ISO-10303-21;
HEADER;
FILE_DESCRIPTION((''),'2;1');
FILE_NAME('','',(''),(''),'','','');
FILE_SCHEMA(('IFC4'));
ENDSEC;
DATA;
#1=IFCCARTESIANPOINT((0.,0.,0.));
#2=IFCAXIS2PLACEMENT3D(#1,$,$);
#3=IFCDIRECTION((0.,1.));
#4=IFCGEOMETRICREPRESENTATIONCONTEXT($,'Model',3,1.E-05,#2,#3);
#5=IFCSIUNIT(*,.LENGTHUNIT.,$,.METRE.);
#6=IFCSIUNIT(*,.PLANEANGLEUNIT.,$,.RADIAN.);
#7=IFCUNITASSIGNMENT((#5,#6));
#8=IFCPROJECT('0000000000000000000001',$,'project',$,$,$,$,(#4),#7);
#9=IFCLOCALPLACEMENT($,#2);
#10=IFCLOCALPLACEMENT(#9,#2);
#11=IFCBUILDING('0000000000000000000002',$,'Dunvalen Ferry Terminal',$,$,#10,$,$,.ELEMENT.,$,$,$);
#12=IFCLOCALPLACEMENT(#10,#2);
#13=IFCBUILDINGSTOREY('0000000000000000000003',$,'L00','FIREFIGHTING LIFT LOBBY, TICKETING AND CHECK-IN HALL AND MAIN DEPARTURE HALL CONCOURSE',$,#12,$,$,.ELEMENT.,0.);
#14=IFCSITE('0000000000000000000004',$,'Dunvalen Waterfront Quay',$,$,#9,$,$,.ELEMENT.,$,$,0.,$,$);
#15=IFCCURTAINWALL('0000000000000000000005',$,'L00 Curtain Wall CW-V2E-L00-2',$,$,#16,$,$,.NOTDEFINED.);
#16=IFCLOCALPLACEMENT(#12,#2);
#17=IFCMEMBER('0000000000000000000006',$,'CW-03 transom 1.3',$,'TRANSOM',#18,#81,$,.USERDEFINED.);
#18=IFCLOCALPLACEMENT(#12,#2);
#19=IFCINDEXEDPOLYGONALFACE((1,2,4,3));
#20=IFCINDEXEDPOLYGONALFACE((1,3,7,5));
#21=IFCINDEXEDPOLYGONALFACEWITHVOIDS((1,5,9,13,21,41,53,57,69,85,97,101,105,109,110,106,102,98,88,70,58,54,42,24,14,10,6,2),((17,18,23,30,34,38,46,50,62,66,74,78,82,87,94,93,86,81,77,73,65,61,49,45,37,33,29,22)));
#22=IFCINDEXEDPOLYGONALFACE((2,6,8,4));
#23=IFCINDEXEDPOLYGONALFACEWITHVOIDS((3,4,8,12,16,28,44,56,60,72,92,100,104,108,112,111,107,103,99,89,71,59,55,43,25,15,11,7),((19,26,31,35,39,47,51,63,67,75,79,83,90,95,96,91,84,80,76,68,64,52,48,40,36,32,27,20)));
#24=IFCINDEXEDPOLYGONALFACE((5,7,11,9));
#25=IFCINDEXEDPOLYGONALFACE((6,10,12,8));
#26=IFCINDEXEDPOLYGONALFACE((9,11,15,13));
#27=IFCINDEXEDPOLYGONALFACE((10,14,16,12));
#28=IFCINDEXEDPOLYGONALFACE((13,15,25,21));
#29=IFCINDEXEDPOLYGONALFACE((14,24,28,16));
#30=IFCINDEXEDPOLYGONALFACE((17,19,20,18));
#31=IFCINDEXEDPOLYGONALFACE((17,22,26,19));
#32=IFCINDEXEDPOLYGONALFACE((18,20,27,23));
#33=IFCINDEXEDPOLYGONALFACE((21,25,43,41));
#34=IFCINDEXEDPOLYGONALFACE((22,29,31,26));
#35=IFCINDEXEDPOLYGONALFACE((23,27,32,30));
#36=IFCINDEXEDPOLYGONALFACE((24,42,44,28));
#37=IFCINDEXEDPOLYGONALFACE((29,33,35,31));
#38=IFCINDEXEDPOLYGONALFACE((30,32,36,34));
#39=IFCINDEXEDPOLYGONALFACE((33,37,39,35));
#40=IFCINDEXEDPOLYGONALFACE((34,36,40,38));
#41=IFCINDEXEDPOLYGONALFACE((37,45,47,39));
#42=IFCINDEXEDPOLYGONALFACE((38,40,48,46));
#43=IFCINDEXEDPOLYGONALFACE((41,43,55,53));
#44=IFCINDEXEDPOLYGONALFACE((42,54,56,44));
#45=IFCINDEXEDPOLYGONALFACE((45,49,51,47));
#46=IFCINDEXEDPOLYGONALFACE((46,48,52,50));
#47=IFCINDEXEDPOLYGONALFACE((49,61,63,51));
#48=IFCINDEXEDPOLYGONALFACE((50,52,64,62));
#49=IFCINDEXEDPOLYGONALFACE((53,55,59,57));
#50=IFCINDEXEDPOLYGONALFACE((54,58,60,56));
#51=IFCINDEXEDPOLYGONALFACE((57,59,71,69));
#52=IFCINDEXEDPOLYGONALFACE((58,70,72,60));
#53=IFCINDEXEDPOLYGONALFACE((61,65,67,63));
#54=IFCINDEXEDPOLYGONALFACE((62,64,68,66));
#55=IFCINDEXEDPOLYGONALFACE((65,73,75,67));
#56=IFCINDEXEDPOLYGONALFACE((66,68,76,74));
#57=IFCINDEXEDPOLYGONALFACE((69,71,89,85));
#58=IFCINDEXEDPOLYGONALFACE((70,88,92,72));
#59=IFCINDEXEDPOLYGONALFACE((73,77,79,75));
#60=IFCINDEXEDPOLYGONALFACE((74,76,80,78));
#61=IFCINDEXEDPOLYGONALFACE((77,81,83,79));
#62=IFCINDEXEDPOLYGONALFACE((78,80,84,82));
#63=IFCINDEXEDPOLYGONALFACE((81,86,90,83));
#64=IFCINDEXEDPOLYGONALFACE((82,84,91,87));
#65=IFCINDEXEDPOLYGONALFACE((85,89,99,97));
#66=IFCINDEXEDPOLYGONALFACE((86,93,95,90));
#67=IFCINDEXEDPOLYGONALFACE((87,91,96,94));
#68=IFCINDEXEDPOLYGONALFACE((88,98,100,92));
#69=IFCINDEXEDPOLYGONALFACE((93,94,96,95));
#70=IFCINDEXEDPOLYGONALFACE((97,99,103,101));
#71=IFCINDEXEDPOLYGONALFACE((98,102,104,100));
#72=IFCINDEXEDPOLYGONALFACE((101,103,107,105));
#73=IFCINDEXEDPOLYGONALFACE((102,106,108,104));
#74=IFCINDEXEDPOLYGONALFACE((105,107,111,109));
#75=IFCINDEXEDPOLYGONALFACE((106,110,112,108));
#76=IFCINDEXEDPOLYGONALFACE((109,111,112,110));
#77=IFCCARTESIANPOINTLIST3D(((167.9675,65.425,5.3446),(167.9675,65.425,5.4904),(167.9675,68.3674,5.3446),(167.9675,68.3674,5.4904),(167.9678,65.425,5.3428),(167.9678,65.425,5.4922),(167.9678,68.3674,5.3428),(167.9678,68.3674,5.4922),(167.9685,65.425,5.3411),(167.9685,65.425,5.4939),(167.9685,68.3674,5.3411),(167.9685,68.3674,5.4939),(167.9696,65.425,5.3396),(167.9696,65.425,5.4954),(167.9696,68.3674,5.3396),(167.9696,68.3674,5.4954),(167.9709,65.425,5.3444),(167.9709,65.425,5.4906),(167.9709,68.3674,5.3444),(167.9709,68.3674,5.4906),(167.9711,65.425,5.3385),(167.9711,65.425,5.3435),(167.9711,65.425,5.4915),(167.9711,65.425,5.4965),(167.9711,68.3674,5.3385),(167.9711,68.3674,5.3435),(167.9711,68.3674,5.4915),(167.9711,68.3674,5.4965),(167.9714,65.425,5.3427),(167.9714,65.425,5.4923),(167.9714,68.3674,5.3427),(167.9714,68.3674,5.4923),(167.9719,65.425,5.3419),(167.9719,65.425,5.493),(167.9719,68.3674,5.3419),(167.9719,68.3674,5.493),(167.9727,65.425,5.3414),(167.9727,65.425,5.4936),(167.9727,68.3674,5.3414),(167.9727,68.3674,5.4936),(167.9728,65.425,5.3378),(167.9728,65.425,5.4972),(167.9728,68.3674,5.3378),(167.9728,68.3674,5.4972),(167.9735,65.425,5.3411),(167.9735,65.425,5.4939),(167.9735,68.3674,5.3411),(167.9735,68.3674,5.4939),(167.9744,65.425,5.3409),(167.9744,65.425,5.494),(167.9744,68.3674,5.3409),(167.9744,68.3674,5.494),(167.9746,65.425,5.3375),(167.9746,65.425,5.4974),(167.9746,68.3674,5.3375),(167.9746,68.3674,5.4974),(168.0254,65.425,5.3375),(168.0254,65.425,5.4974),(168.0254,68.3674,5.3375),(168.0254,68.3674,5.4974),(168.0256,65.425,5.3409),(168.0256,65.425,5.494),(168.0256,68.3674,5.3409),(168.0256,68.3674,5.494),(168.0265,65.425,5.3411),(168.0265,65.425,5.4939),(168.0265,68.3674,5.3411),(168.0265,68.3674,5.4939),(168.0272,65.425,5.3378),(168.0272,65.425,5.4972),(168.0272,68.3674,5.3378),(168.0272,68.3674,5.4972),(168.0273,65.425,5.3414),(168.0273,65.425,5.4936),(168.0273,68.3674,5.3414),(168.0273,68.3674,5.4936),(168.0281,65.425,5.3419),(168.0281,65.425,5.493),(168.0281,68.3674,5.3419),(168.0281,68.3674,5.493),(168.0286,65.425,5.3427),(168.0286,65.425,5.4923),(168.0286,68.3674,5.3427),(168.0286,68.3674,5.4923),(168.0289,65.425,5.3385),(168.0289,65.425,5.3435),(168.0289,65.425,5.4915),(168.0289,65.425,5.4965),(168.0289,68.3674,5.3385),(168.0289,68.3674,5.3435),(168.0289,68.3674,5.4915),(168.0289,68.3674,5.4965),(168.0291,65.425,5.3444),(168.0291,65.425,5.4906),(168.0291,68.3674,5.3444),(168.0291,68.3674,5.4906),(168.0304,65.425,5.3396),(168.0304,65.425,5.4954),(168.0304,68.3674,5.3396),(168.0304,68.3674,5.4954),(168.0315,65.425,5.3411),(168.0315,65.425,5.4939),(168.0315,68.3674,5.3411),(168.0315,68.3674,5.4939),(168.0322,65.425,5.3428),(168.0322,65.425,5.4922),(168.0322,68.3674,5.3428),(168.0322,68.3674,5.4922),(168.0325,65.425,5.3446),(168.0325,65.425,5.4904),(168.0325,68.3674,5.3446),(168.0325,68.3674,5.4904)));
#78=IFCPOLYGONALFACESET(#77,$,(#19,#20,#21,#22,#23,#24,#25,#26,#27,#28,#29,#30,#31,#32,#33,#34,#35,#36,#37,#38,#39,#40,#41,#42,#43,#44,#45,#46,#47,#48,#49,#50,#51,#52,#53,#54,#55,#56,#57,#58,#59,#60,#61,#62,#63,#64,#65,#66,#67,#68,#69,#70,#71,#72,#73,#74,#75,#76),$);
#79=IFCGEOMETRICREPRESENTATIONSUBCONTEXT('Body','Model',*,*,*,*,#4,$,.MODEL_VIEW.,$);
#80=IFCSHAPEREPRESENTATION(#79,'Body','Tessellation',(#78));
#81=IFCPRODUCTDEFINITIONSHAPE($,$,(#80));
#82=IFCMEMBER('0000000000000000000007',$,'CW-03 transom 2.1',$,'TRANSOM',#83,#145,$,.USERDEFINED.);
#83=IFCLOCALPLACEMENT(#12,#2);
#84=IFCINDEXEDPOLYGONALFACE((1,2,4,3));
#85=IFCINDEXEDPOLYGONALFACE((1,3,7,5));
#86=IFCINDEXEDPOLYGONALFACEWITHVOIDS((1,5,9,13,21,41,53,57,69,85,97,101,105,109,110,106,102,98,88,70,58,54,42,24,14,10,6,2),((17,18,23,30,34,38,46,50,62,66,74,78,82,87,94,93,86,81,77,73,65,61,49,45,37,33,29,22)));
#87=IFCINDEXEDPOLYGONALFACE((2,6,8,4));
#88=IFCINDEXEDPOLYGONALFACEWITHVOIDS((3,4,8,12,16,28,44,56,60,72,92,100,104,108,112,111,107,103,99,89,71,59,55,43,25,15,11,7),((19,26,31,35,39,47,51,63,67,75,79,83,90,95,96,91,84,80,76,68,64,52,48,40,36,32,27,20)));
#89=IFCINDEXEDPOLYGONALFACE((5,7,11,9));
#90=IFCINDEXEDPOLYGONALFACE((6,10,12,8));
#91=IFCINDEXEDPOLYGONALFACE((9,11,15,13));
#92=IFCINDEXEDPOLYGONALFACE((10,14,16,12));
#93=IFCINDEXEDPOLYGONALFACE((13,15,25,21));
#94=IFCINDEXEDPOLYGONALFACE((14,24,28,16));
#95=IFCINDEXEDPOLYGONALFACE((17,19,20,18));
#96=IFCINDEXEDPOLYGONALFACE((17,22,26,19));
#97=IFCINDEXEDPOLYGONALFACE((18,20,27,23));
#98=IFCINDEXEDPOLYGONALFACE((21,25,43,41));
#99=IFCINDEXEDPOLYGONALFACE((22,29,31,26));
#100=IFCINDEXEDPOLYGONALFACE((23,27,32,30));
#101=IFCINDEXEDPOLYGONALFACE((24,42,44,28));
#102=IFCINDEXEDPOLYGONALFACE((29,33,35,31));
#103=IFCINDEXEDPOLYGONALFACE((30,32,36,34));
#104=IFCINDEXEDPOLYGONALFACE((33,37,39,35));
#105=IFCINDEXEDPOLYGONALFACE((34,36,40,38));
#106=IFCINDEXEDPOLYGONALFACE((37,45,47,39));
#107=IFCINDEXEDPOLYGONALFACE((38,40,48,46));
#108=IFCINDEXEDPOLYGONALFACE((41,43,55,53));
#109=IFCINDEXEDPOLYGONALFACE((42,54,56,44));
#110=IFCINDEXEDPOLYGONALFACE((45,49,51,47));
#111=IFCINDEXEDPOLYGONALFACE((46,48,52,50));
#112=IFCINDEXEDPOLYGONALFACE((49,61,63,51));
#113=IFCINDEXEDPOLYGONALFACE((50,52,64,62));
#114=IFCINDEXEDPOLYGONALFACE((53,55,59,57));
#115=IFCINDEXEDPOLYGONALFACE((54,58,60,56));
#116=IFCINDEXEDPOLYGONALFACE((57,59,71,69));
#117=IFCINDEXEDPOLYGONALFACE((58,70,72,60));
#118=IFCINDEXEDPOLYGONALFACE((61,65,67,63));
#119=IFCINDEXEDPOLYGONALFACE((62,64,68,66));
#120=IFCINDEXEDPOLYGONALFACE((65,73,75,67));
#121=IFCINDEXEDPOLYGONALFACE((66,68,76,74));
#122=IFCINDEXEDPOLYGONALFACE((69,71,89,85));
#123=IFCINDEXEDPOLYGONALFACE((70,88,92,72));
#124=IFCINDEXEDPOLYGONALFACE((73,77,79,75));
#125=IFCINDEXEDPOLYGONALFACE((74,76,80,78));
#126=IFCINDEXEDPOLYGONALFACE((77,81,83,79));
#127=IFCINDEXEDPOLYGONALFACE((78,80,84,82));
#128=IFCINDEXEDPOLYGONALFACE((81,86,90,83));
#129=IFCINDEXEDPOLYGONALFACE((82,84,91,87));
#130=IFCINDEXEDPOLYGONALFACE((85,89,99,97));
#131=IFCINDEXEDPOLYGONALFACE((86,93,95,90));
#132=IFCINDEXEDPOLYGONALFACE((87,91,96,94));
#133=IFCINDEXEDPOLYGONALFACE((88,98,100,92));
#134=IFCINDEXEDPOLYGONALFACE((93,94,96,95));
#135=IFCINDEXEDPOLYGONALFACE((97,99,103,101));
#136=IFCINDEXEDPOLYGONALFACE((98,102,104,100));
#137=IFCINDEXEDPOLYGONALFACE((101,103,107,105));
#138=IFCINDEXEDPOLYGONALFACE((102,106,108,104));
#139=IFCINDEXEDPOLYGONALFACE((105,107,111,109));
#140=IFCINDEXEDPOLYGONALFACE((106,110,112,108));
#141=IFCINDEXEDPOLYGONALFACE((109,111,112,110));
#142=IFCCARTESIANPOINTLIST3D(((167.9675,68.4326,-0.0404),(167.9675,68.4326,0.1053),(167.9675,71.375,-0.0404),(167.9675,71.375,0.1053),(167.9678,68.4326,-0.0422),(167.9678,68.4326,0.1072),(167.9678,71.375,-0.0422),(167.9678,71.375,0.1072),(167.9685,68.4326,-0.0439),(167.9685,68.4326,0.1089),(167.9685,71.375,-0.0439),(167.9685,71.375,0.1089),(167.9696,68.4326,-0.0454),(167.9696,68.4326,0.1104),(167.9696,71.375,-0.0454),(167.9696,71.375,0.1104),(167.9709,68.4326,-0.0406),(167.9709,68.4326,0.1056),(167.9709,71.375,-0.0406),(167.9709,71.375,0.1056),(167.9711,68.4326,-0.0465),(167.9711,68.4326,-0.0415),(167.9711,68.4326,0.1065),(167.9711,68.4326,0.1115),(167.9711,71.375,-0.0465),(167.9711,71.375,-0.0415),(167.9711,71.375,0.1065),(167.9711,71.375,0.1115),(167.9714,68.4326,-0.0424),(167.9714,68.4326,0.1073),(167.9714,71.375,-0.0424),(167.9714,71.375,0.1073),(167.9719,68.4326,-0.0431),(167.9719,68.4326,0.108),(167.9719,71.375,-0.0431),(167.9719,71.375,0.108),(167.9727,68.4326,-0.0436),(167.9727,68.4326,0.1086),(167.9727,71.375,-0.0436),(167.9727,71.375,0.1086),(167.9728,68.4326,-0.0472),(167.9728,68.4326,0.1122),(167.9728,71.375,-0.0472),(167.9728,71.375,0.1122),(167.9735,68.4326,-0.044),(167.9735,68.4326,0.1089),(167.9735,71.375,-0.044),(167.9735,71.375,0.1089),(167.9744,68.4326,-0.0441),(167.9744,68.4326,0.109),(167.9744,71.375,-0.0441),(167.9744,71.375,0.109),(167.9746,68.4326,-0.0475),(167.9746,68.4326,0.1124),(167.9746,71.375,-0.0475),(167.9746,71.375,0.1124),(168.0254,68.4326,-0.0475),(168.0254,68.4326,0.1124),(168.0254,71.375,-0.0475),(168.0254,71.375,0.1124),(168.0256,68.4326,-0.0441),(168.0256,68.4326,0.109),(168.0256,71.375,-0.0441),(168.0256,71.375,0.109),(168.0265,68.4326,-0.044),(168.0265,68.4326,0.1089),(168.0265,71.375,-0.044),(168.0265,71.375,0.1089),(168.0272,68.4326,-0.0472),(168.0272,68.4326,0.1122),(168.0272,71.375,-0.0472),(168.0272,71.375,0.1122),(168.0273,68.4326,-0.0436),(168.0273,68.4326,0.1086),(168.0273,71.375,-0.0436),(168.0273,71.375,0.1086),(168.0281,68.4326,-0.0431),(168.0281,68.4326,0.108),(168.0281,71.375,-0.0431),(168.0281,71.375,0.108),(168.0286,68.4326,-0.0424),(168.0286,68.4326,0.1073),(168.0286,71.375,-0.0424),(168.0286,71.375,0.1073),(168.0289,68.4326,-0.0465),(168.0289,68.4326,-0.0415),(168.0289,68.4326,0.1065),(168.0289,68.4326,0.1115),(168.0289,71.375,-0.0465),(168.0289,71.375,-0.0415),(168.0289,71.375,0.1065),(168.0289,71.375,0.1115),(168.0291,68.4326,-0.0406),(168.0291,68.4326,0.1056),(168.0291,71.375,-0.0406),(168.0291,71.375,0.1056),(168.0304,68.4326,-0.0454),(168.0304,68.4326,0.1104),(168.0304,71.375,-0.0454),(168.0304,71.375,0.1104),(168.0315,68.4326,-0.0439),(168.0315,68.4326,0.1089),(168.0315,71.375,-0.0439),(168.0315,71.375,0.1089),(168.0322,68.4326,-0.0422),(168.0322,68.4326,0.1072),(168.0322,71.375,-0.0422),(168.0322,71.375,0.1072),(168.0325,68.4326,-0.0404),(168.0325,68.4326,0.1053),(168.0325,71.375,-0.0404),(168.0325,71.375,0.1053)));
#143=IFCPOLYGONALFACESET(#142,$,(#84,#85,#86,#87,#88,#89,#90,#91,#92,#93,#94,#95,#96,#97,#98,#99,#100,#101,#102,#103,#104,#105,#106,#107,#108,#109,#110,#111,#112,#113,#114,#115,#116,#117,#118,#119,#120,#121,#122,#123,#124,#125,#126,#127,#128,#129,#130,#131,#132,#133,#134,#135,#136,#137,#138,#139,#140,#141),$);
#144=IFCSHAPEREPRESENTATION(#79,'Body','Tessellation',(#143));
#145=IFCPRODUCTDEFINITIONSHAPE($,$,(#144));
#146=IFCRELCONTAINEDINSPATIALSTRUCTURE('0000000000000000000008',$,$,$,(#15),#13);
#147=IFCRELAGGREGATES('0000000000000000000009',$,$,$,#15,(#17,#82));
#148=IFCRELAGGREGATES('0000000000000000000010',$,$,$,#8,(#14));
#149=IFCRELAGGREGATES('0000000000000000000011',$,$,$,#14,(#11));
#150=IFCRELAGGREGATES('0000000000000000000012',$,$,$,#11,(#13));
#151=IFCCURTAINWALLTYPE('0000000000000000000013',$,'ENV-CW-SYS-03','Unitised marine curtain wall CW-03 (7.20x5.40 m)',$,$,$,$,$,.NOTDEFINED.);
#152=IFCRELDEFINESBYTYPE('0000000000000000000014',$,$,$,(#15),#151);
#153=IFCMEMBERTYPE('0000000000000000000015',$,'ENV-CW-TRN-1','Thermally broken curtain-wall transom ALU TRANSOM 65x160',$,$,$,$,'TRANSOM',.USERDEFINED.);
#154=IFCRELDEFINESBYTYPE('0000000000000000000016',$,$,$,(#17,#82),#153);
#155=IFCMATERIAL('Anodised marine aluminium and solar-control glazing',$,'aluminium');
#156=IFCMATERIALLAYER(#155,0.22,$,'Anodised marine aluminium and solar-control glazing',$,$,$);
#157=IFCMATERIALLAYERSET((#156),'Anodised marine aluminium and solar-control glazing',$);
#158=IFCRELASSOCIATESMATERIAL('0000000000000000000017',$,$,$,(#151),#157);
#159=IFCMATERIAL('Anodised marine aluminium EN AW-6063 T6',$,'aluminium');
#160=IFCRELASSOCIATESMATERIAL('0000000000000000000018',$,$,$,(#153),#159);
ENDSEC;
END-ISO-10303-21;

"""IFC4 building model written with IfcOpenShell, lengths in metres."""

from ifc_helpers import new_model, si_unit, direction, frame, origin, origin_2d, place, context, subcontext, project, spatial, hollow_rectangle, extrude, material, layer, layer_set, material_profile, profile_set, type_object, element, aggregate, save


model = new_model("IFC4")

# Units and contexts
model_context = context("Model", 3, precision=1e-05, world=origin(), true_north=direction((0.0, 1.0)))
body_context = subcontext(model_context, "Body", "Model", "MODEL_VIEW")
ifc_project = project(units=[si_unit("LENGTHUNIT", "METRE"), si_unit("PLANEANGLEUNIT", "RADIAN")], contexts=[model_context])

# Site, building, storey
site_placement = place(None, origin())
site = spatial("IfcSite", under=ifc_project, at=site_placement, Name="Dunvalen Waterfront Quay", CompositionType="ELEMENT", RefElevation=0.0)
building_placement = place(site_placement, origin())
building = spatial("IfcBuilding", under=site, at=building_placement, Name="Dunvalen Ferry Terminal", CompositionType="ELEMENT")
storey_placement = place(building_placement, origin())
storey = spatial("IfcBuildingStorey", under=building, at=storey_placement, Name="L00", Description="FIREFIGHTING LIFT LOBBY, TICKETING AND CHECK-IN HALL AND MAIN DEPARTURE HALL CONCOURSE", CompositionType="ELEMENT", Elevation=0.0)

# Curtain wall
ifc_material_1 = material(Name="Anodised marine aluminium and solar-control glazing", Category="aluminium")
ifc_layer_1 = layer(ifc_material_1, 0.22, Name="Anodised marine aluminium and solar-control glazing")
ifc_layer_set_1 = layer_set([ifc_layer_1], Name="Anodised marine aluminium and solar-control glazing")
curtain_wall_type = type_object("IfcCurtainWallType", Name="ENV-CW-SYS-03", Description="Unitised marine curtain wall CW-03 (7.20x5.40 m)", PredefinedType="NOTDEFINED", material=ifc_layer_set_1)
curtain_wall_1_placement = place(storey_placement, origin())
curtain_wall_1 = element("IfcCurtainWall", 1, at=curtain_wall_1_placement, inside=storey, type_object=curtain_wall_type, Name="L00 Curtain Wall CW-V2E-L00-2", PredefinedType="NOTDEFINED")
ifc_material_2 = material(Name="Anodised marine aluminium EN AW-6063 T6", Category="aluminium")

# Members
ifc_material_profile_1 = material_profile(ifc_material_2, hollow_rectangle(XDim=0.0649, YDim=0.1599, WallThickness=0.0034, InnerFilletRadius=0.0034, OuterFilletRadius=0.0071, at=origin_2d()), Name="Anodised marine aluminium EN AW-6063 T6")
ifc_profile_set_1 = profile_set([ifc_material_profile_1], Name="Anodised marine aluminium EN AW-6063 T6")
member_type_1 = type_object("IfcMemberType", Name="ENV-CW-TRN-1", Description="Thermally broken curtain-wall transom ALU TRANSOM 65x160", ElementType="TRANSOM", PredefinedType="USERDEFINED", material=ifc_profile_set_1)
member_1_placement = place(storey_placement, frame((168.0, 65.425, 5.4175), z_axis=(0.0, 1.0, 0.0), x_axis=(-1.0, 0.0, 0.0)))
member_1 = element("IfcMember", 2, at=member_1_placement, type_object=member_type_1, Name="CW-03 transom 1.3", ObjectType="TRANSOM", PredefinedType="USERDEFINED", context=body_context, shape_type="SweptSolid", body=[
    extrude(hollow_rectangle(XDim=0.0649, YDim=0.1599, WallThickness=0.0034, InnerFilletRadius=0.0034, OuterFilletRadius=0.0071, at=origin_2d()), origin(), (0.0, 0.0, 1.0), 2.9424),
])
member_2_placement = place(storey_placement, frame((168.0, 68.4326, 0.0325), z_axis=(0.0, 1.0, 0.0), x_axis=(-1.0, 0.0, 0.0)))
member_2 = element("IfcMember", 3, at=member_2_placement, type_object=member_type_1, Name="CW-03 transom 2.1", ObjectType="TRANSOM", PredefinedType="USERDEFINED", context=body_context, shape_type="SweptSolid", body=[
    extrude(hollow_rectangle(XDim=0.0649, YDim=0.1599, WallThickness=0.0034, InnerFilletRadius=0.0034, OuterFilletRadius=0.0071, at=origin_2d()), origin(), (0.0, 0.0, 1.0), 2.9424),
])

aggregate(curtain_wall_1, [member_1, member_2])

save(model, "model.ifc")
